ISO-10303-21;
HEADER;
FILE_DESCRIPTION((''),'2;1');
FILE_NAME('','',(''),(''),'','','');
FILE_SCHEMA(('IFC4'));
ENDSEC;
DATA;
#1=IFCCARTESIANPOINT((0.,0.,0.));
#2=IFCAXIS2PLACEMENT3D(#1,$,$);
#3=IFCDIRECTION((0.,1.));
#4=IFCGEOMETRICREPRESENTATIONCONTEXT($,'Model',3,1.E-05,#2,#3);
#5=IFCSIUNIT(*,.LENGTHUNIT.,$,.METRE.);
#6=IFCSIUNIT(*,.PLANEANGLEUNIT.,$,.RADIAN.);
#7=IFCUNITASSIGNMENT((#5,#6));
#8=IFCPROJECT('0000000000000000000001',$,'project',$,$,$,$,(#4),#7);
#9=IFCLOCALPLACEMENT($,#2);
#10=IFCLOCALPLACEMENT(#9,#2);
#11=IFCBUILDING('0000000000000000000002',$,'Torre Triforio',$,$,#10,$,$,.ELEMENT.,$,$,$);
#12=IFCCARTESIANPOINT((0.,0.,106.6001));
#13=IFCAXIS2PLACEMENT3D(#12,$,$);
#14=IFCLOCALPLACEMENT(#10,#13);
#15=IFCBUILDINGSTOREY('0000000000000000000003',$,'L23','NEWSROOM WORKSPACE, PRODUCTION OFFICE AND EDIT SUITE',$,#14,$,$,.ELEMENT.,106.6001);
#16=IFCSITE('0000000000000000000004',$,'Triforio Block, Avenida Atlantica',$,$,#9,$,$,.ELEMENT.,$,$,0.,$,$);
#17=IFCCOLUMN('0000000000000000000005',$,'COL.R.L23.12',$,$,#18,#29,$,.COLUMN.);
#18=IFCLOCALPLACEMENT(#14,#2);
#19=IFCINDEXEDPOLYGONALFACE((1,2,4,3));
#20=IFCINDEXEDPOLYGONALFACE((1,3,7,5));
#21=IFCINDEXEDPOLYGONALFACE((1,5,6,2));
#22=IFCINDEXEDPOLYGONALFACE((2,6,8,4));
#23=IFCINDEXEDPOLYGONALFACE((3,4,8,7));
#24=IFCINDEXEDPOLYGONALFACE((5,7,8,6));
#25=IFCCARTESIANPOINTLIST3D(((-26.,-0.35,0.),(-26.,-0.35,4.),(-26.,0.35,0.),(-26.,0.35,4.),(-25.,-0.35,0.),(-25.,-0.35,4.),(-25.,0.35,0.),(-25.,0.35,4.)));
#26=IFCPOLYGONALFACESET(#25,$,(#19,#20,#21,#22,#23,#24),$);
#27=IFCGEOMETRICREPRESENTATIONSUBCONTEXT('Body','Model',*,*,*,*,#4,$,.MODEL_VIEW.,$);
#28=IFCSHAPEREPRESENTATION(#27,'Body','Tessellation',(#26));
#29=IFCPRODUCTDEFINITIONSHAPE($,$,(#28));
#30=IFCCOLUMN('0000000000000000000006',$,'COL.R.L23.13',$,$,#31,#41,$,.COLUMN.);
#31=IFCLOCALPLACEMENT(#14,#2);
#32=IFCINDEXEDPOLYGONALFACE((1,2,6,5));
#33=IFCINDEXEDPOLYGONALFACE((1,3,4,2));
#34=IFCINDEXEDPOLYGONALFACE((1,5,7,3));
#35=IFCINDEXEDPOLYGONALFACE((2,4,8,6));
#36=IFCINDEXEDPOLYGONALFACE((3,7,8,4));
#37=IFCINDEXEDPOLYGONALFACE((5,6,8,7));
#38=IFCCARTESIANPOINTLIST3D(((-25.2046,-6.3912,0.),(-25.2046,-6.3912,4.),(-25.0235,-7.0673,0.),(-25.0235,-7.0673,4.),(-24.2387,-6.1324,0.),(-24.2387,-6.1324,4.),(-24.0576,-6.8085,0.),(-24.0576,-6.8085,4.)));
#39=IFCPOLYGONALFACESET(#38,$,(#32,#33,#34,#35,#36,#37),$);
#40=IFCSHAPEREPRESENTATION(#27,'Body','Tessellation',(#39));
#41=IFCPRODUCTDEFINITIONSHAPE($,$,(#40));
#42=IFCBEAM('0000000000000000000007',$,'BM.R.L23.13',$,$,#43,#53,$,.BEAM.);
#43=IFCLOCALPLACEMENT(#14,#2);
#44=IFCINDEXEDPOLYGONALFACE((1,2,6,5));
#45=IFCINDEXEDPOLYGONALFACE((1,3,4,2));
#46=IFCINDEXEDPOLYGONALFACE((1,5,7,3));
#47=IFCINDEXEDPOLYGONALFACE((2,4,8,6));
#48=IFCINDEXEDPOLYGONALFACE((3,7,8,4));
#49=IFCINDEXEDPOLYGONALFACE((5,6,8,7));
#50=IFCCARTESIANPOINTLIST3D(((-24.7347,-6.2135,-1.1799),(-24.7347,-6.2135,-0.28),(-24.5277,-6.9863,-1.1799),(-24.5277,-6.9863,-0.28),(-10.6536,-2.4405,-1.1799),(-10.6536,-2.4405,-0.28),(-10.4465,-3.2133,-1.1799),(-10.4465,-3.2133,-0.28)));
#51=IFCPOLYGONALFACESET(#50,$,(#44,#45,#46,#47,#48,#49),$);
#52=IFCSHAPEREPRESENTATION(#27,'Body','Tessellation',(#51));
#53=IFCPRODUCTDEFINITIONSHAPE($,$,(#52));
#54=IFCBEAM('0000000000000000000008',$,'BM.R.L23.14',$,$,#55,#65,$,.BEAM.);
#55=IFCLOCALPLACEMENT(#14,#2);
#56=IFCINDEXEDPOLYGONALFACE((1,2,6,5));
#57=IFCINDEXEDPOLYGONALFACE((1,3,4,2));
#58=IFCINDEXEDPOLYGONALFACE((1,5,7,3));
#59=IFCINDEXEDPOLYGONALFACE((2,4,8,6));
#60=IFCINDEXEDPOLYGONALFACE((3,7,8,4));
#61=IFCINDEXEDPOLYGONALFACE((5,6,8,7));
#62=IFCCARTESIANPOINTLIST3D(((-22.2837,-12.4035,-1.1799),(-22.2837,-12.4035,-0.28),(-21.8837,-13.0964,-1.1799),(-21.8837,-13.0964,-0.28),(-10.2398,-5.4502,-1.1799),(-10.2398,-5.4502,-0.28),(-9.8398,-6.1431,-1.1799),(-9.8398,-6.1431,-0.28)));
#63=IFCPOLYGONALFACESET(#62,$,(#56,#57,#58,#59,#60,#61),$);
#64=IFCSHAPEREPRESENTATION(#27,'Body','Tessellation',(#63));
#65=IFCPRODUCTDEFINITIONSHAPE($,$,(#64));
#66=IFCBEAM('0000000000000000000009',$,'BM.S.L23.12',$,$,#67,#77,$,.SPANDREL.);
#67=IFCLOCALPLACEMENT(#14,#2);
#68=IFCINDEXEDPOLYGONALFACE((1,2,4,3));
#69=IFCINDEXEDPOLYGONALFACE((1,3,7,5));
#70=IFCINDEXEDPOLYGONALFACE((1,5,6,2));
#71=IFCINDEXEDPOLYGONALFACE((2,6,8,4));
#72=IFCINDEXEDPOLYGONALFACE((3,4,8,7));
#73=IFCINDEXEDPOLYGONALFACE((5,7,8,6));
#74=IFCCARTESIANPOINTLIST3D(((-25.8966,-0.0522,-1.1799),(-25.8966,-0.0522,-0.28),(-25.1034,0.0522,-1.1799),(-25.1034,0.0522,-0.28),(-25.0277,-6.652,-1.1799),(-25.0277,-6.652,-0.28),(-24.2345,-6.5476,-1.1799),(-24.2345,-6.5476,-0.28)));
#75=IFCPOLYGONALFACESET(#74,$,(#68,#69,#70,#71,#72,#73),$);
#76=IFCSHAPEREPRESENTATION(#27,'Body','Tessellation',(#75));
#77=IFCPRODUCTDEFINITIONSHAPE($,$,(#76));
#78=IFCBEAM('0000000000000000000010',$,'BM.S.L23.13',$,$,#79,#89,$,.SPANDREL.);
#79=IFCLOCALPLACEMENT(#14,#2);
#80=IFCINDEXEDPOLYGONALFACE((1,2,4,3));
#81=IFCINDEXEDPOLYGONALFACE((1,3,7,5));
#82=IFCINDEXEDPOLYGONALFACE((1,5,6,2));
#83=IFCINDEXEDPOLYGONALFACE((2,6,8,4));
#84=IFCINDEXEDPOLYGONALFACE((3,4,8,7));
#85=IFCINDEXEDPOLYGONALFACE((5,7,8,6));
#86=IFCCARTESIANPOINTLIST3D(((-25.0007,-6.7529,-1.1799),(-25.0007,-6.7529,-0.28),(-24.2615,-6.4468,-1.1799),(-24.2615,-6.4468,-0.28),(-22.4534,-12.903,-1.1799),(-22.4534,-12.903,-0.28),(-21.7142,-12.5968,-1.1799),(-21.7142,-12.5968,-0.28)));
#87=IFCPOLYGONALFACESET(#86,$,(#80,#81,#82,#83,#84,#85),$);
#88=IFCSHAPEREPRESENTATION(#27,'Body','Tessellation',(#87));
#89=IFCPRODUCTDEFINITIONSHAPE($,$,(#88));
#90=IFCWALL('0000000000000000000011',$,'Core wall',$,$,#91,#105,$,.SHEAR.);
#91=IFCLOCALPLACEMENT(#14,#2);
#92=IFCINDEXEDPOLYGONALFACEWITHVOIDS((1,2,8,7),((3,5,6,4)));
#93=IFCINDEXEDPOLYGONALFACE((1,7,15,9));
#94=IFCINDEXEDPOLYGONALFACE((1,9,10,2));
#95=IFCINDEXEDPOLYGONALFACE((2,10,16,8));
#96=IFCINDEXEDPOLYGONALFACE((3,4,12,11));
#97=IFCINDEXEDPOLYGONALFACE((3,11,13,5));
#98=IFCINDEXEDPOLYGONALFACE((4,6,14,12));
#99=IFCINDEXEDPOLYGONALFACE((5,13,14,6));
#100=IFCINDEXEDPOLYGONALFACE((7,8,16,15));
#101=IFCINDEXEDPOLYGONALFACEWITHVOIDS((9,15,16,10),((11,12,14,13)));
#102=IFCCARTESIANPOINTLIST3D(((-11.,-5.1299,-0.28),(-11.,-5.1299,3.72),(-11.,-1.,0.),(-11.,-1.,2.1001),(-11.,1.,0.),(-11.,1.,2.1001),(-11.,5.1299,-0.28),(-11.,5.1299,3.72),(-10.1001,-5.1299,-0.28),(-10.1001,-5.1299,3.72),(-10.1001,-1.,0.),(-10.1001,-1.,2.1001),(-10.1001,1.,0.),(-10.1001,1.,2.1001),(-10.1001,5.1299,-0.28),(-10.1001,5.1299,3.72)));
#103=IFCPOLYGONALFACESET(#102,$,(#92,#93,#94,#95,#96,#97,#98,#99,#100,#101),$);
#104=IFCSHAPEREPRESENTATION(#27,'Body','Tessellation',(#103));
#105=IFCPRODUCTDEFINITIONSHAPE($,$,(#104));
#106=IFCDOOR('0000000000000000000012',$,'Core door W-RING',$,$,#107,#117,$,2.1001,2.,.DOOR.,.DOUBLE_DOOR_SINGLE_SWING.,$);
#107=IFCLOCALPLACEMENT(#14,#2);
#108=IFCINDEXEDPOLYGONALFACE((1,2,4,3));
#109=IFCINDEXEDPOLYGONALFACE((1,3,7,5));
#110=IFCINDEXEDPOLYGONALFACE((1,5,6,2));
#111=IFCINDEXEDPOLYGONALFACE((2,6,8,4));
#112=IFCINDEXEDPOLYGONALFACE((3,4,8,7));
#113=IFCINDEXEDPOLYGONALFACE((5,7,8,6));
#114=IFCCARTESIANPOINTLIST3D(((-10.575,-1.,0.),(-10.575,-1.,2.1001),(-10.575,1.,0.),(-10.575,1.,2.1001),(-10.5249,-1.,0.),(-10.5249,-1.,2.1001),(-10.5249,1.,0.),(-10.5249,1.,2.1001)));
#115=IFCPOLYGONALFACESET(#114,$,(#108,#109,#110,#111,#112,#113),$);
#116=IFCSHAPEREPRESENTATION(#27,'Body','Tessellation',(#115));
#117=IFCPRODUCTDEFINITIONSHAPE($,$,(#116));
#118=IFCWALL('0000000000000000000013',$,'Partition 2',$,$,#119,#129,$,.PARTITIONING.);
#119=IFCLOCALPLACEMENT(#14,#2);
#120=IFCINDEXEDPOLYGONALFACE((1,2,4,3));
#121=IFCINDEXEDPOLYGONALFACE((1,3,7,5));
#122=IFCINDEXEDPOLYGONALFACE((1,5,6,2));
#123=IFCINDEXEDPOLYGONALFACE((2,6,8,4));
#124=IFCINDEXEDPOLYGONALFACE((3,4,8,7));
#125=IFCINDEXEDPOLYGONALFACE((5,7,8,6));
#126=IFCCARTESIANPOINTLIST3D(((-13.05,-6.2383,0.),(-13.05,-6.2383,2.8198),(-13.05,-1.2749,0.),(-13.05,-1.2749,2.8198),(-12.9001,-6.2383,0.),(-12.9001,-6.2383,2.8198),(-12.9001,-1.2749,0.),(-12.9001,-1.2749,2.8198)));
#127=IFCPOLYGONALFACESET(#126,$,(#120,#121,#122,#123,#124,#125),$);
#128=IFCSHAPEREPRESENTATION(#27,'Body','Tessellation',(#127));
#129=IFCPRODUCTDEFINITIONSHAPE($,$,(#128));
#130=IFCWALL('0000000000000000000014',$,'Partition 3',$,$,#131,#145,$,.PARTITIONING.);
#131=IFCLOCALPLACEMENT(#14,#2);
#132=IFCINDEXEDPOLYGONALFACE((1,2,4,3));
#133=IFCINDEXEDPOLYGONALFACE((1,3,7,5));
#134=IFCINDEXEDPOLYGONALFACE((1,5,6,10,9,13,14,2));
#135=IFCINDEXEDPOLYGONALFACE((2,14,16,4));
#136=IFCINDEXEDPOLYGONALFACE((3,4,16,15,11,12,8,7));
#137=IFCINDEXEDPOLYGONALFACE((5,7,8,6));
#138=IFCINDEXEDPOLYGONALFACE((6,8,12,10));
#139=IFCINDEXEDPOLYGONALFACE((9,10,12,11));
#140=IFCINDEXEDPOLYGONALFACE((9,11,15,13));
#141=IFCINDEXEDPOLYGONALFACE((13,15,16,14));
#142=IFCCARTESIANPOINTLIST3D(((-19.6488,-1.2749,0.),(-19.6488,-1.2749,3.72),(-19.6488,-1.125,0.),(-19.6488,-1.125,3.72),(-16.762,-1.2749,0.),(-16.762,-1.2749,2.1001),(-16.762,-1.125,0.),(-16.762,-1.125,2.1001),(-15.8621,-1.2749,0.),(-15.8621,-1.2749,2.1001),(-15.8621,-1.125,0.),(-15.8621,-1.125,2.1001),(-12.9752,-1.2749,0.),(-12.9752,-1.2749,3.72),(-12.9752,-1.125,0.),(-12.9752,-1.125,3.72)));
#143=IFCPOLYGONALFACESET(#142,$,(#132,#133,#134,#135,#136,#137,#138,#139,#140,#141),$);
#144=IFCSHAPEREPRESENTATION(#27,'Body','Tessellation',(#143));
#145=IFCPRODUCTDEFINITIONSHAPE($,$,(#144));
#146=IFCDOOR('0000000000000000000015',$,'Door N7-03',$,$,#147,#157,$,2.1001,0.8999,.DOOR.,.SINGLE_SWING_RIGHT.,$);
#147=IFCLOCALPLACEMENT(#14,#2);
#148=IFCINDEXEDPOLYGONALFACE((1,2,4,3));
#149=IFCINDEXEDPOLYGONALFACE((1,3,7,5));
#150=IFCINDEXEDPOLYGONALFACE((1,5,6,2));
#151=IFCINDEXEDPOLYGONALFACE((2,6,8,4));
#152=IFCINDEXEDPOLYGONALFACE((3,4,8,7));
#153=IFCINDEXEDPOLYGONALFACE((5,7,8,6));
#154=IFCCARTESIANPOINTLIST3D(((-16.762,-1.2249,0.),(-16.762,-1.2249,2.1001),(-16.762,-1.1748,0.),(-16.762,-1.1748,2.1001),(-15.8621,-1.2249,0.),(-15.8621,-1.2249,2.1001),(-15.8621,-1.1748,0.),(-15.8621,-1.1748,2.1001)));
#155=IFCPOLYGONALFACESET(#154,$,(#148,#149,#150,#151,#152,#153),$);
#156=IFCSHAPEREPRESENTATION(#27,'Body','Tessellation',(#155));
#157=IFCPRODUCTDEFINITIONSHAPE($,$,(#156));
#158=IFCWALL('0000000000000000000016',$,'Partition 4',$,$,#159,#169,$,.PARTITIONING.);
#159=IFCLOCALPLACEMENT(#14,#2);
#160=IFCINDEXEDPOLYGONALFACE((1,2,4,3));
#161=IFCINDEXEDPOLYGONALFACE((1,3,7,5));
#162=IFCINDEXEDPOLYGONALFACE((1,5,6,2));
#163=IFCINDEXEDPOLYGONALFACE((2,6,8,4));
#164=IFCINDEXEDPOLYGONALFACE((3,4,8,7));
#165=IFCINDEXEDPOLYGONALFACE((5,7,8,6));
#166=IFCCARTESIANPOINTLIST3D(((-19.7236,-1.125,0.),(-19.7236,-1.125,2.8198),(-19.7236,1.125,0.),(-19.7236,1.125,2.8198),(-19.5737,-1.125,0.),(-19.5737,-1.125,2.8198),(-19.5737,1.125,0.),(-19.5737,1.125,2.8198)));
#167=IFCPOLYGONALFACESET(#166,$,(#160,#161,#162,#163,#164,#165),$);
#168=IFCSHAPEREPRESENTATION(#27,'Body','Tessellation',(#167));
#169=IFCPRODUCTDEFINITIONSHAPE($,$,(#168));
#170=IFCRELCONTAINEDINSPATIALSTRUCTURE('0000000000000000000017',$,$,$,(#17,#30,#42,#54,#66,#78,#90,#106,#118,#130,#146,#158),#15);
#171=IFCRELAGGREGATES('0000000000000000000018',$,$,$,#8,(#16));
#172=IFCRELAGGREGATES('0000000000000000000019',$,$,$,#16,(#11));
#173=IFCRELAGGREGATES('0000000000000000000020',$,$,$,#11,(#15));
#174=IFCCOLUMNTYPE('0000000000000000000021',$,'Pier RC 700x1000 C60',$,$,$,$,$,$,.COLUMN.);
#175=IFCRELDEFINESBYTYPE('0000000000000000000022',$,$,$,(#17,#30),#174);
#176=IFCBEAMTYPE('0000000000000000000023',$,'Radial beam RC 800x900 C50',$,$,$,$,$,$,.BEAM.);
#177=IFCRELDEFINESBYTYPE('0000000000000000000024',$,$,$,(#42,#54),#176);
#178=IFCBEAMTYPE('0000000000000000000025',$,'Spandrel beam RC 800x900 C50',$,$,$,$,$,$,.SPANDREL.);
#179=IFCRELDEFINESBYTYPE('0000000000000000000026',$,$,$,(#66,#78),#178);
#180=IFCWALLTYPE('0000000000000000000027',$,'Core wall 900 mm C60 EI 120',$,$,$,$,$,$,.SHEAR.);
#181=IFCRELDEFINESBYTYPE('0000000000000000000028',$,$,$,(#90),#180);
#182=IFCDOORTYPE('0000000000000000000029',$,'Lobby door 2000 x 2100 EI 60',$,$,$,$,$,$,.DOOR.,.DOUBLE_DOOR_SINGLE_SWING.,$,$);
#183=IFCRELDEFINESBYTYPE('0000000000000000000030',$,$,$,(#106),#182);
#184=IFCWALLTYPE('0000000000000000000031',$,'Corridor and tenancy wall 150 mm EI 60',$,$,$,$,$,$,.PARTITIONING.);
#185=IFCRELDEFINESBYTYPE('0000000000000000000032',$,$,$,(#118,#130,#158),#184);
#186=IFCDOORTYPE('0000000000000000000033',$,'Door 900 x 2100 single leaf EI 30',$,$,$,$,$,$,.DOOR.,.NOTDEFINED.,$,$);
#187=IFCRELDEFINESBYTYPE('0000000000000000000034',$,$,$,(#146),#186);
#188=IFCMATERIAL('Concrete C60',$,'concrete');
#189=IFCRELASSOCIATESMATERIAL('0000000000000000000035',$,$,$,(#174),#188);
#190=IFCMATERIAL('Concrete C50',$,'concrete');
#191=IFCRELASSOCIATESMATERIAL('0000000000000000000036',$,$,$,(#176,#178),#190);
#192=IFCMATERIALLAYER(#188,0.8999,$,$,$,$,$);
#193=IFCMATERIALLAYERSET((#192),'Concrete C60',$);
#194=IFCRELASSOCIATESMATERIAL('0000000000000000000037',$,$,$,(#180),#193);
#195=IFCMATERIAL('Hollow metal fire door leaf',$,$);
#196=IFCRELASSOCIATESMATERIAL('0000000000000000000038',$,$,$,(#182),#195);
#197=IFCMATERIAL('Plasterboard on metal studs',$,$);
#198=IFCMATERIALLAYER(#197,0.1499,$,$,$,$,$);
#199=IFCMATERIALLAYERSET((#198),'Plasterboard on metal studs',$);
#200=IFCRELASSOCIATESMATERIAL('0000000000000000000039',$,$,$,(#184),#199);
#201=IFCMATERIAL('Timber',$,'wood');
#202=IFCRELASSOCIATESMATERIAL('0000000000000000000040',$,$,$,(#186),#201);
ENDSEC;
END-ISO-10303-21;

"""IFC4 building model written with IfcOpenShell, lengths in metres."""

from ifc_helpers import new_model, si_unit, direction, frame, frame_2d, origin, origin_2d, place, context, subcontext, project, spatial, rectangle, extrude, material, layer, layer_set, material_profile, profile_set, type_object, element, fill, save


model = new_model("IFC4")

# Units and contexts
model_context = context("Model", 3, precision=1e-05, world=origin(), true_north=direction((0.0, 1.0)))
body_context = subcontext(model_context, "Body", "Model", "MODEL_VIEW")
ifc_project = project(units=[si_unit("LENGTHUNIT", "METRE"), si_unit("PLANEANGLEUNIT", "RADIAN")], contexts=[model_context])

# Site, building, storey
site_placement = place(None, origin())
site = spatial("IfcSite", under=ifc_project, at=site_placement, Name="Triforio Block, Avenida Atlantica", CompositionType="ELEMENT", RefElevation=0.0)
building_placement = place(site_placement, origin())
building = spatial("IfcBuilding", under=site, at=building_placement, Name="Torre Triforio", CompositionType="ELEMENT")
storey_placement = place(building_placement, frame((0.0, 0.0, 106.6001)))
storey = spatial("IfcBuildingStorey", under=building, at=storey_placement, Name="L23", Description="NEWSROOM WORKSPACE, PRODUCTION OFFICE AND EDIT SUITE", CompositionType="ELEMENT", Elevation=106.6001)

# Columns
ifc_material_1 = material(Name="Concrete C60", Category="concrete")
ifc_material_profile_1 = material_profile(ifc_material_1, rectangle(XDim=0.7, YDim=1.0, at=origin_2d()), Name="RC 700x1000")
ifc_profile_set_1 = profile_set([ifc_material_profile_1], Name="Concrete C60")
column_type = type_object("IfcColumnType", Name="Pier RC 700x1000 C60", PredefinedType="COLUMN", material=ifc_profile_set_1)
for number, where, z_axis, x_axis, name in (
    (1, (-25.5, 0.0, 0.0), (0.0, 0.0, 1.0), (0.0, -1.0, 0.0), "COL.R.L23.12"),
    (2, (-24.6311, -6.5999, 0.0), (0.0, 0.0, 1.0), (0.258819, -0.965926, 0.0), "COL.R.L23.13"),
):
    element("IfcColumn", number, at=place(storey_placement, frame(where, z_axis=z_axis, x_axis=x_axis)), inside=storey, type_object=column_type, Name=name, PredefinedType="COLUMN", context=body_context, shape_type="SweptSolid", body=[
        extrude(rectangle(XDim=0.7, YDim=1.0, at=origin_2d()), origin(), (0.0, 0.0, 1.0), 4.0),
    ])

# Beams
ifc_material_2 = material(Name="Concrete C50", Category="concrete")
ifc_material_profile_2 = material_profile(ifc_material_2, rectangle(XDim=0.8, YDim=0.8999, at=origin_2d()), Name="RC 800x900")
ifc_profile_set_2 = profile_set([ifc_material_profile_2], Name="Concrete C50")
beam_type_1 = type_object("IfcBeamType", Name="Radial beam RC 800x900 C50", PredefinedType="BEAM", material=ifc_profile_set_2)
beam_1_placement = place(storey_placement, frame((-10.55, -2.8269, -0.73), z_axis=(-0.965927, -0.258815, 0.0), x_axis=(0.258815, -0.965927, 0.0)))
element("IfcBeam", 3, at=beam_1_placement, inside=storey, type_object=beam_type_1, Name="BM.R.L23.13", PredefinedType="BEAM", context=body_context, shape_type="SweptSolid", body=[
    extrude(rectangle(XDim=0.8, YDim=0.8999, at=origin_2d()), origin(), (0.0, 0.0, 1.0), 14.5779),
])
beam_2_placement = place(storey_placement, frame((-10.0398, -5.7966, -0.73), z_axis=(-0.866032, -0.499989, 0.0), x_axis=(0.499989, -0.866032, 0.0)))
element("IfcBeam", 4, at=beam_2_placement, inside=storey, type_object=beam_type_1, Name="BM.R.L23.14", PredefinedType="BEAM", context=body_context, shape_type="SweptSolid", body=[
    extrude(rectangle(XDim=0.8, YDim=0.8999, at=origin_2d()), origin(), (0.0, 0.0, 1.0), 13.907),
])
ifc_material_profile_3 = material_profile(ifc_material_2, rectangle(XDim=0.8, YDim=0.8999, at=origin_2d()), Name="RC 800x900")
ifc_profile_set_3 = profile_set([ifc_material_profile_3], Name="Concrete C50")
beam_type_2 = type_object("IfcBeamType", Name="Spandrel beam RC 800x900 C50", PredefinedType="SPANDREL", material=ifc_profile_set_3)
for number, where, z_axis, x_axis, name in (
    (5, (-25.5, 0.0, -0.73), (0.130528, -0.991445, 0.0), (0.991445, 0.130528, 0.0), "BM.S.L23.12"),
    (6, (-24.6311, -6.5999, -0.73), (0.382669, -0.923885, 0.0), (0.923885, 0.382669, 0.0), "BM.S.L23.13"),
):
    element("IfcBeam", number, at=place(storey_placement, frame(where, z_axis=z_axis, x_axis=x_axis)), inside=storey, type_object=beam_type_2, Name=name, PredefinedType="SPANDREL", context=body_context, shape_type="SweptSolid", body=[
        extrude(rectangle(XDim=0.8, YDim=0.8999, at=origin_2d()), origin(), (0.0, 0.0, 1.0), 6.6567),
    ])

# Wall, opening, door
ifc_layer_1 = layer(ifc_material_1, 0.8999)
ifc_layer_set_1 = layer_set([ifc_layer_1], Name="Concrete C60")
wall_type_1 = type_object("IfcWallType", Name="Core wall 900 mm C60 EI 120", PredefinedType="SHEAR", material=ifc_layer_set_1)
wall_1_placement = place(storey_placement, frame((-10.55, -5.1299, -0.28), z_axis=(0.0, 0.0, 1.0), x_axis=(0.0, 1.0, 0.0)))
wall_1 = element("IfcWall", 7, at=wall_1_placement, inside=storey, type_object=wall_type_1, Name="Core wall", PredefinedType="SHEAR", context=body_context, shape_type="SweptSolid", body=[
    extrude(rectangle(XDim=10.2598, YDim=0.8999, at=frame_2d((5.1299, 0.0))), origin(), (0.0, 0.0, 1.0), 4.0),
])
opening_1_placement = place(wall_1_placement, frame((4.1299, 0.0, 0.28)))
opening_1 = element("IfcOpeningElement", 8, at=opening_1_placement, cuts=wall_1, PredefinedType="OPENING", context=body_context, shape_type="SweptSolid", body=[
    extrude(rectangle(XDim=2.0, YDim=2.1001, at=frame_2d((1.0, 1.05))), frame((0.0, 0.46, 0.0), z_axis=(0.0, -1.0, 0.0), x_axis=(1.0, 0.0, 0.0)), (0.0, 0.0, 1.0), 0.9199),
])
ifc_material_3 = material(Name="Hollow metal fire door leaf")
door_type_1 = type_object("IfcDoorType", Name="Lobby door 2000 x 2100 EI 60", OperationType="DOUBLE_DOOR_SINGLE_SWING", PredefinedType="DOOR", material=ifc_material_3)
door_1_placement = place(opening_1_placement, origin())
door_1 = element("IfcDoor", 9, at=door_1_placement, inside=storey, type_object=door_type_1, Name="Core door W-RING", OperationType="DOUBLE_DOOR_SINGLE_SWING", OverallHeight=2.1001, OverallWidth=2.0, PredefinedType="DOOR", context=body_context, shape_type="SweptSolid", body=[
    extrude(rectangle(XDim=2.0, YDim=2.1001, at=frame_2d((1.0, 1.05))), frame((0.0, 0.0249, 0.0), z_axis=(0.0, -1.0, 0.0), x_axis=(1.0, 0.0, 0.0)), (0.0, 0.0, 1.0), 0.05),
])
fill(opening_1, door_1)

# Wall
ifc_material_4 = material(Name="Plasterboard on metal studs")
ifc_layer_2 = layer(ifc_material_4, 0.1499)
ifc_layer_set_2 = layer_set([ifc_layer_2], Name="Plasterboard on metal studs")
wall_type_2 = type_object("IfcWallType", Name="Corridor and tenancy wall 150 mm EI 60", PredefinedType="PARTITIONING", material=ifc_layer_set_2)
wall_2_placement = place(storey_placement, frame((-12.9751, -6.2383, 0.0), z_axis=(0.0, 0.0, 1.0), x_axis=(0.0, 1.0, 0.0)))
element("IfcWall", 10, at=wall_2_placement, inside=storey, type_object=wall_type_2, Name="Partition 2", PredefinedType="PARTITIONING", context=body_context, shape_type="SweptSolid", body=[
    extrude(rectangle(XDim=4.9634, YDim=0.1499, at=frame_2d((2.4817, 0.0))), origin(), (0.0, 0.0, 1.0), 2.8198),
])

# Wall, opening, door
wall_3_placement = place(storey_placement, frame((-12.9751, -1.2, 0.0), z_axis=(0.0, 0.0, 1.0), x_axis=(-1.0, 0.0, 0.0)))
wall_3 = element("IfcWall", 11, at=wall_3_placement, inside=storey, type_object=wall_type_2, Name="Partition 3", PredefinedType="PARTITIONING", context=body_context, shape_type="SweptSolid", body=[
    extrude(rectangle(XDim=6.6736, YDim=0.1499, at=frame_2d((3.3369, 0.0))), origin(), (0.0, 0.0, 1.0), 3.72),
])
opening_2_placement = place(wall_3_placement, frame((2.887, 0.0, 0.0)))
opening_2 = element("IfcOpeningElement", 12, at=opening_2_placement, cuts=wall_3, PredefinedType="OPENING", context=body_context, shape_type="SweptSolid", body=[
    extrude(rectangle(XDim=0.8999, YDim=2.1001, at=frame_2d((0.45, 1.05))), frame((0.0, 0.085, 0.0), z_axis=(0.0, -1.0, 0.0), x_axis=(1.0, 0.0, 0.0)), (0.0, 0.0, 1.0), 0.1699),
])
ifc_material_5 = material(Name="Timber", Category="wood")
door_type_2 = type_object("IfcDoorType", Name="Door 900 x 2100 single leaf EI 30", OperationType="NOTDEFINED", PredefinedType="DOOR", material=ifc_material_5)
door_2_placement = place(opening_2_placement, origin())
door_2 = element("IfcDoor", 13, at=door_2_placement, inside=storey, type_object=door_type_2, Name="Door N7-03", OperationType="SINGLE_SWING_RIGHT", OverallHeight=2.1001, OverallWidth=0.8999, PredefinedType="DOOR", context=body_context, shape_type="SweptSolid", body=[
    extrude(rectangle(XDim=0.8999, YDim=2.1001, at=frame_2d((0.45, 1.05))), frame((0.0, 0.0249, 0.0), z_axis=(0.0, -1.0, 0.0), x_axis=(1.0, 0.0, 0.0)), (0.0, 0.0, 1.0), 0.05),
])
fill(opening_2, door_2)

# Wall
wall_4_placement = place(storey_placement, frame((-19.6487, -1.125, 0.0), z_axis=(0.0, 0.0, 1.0), x_axis=(0.0, 1.0, 0.0)))
element("IfcWall", 14, at=wall_4_placement, inside=storey, type_object=wall_type_2, Name="Partition 4", PredefinedType="PARTITIONING", context=body_context, shape_type="SweptSolid", body=[
    extrude(rectangle(XDim=2.25, YDim=0.1499, at=frame_2d((1.125, 0.0))), origin(), (0.0, 0.0, 1.0), 2.8198),
])

save(model, "model.ifc")
